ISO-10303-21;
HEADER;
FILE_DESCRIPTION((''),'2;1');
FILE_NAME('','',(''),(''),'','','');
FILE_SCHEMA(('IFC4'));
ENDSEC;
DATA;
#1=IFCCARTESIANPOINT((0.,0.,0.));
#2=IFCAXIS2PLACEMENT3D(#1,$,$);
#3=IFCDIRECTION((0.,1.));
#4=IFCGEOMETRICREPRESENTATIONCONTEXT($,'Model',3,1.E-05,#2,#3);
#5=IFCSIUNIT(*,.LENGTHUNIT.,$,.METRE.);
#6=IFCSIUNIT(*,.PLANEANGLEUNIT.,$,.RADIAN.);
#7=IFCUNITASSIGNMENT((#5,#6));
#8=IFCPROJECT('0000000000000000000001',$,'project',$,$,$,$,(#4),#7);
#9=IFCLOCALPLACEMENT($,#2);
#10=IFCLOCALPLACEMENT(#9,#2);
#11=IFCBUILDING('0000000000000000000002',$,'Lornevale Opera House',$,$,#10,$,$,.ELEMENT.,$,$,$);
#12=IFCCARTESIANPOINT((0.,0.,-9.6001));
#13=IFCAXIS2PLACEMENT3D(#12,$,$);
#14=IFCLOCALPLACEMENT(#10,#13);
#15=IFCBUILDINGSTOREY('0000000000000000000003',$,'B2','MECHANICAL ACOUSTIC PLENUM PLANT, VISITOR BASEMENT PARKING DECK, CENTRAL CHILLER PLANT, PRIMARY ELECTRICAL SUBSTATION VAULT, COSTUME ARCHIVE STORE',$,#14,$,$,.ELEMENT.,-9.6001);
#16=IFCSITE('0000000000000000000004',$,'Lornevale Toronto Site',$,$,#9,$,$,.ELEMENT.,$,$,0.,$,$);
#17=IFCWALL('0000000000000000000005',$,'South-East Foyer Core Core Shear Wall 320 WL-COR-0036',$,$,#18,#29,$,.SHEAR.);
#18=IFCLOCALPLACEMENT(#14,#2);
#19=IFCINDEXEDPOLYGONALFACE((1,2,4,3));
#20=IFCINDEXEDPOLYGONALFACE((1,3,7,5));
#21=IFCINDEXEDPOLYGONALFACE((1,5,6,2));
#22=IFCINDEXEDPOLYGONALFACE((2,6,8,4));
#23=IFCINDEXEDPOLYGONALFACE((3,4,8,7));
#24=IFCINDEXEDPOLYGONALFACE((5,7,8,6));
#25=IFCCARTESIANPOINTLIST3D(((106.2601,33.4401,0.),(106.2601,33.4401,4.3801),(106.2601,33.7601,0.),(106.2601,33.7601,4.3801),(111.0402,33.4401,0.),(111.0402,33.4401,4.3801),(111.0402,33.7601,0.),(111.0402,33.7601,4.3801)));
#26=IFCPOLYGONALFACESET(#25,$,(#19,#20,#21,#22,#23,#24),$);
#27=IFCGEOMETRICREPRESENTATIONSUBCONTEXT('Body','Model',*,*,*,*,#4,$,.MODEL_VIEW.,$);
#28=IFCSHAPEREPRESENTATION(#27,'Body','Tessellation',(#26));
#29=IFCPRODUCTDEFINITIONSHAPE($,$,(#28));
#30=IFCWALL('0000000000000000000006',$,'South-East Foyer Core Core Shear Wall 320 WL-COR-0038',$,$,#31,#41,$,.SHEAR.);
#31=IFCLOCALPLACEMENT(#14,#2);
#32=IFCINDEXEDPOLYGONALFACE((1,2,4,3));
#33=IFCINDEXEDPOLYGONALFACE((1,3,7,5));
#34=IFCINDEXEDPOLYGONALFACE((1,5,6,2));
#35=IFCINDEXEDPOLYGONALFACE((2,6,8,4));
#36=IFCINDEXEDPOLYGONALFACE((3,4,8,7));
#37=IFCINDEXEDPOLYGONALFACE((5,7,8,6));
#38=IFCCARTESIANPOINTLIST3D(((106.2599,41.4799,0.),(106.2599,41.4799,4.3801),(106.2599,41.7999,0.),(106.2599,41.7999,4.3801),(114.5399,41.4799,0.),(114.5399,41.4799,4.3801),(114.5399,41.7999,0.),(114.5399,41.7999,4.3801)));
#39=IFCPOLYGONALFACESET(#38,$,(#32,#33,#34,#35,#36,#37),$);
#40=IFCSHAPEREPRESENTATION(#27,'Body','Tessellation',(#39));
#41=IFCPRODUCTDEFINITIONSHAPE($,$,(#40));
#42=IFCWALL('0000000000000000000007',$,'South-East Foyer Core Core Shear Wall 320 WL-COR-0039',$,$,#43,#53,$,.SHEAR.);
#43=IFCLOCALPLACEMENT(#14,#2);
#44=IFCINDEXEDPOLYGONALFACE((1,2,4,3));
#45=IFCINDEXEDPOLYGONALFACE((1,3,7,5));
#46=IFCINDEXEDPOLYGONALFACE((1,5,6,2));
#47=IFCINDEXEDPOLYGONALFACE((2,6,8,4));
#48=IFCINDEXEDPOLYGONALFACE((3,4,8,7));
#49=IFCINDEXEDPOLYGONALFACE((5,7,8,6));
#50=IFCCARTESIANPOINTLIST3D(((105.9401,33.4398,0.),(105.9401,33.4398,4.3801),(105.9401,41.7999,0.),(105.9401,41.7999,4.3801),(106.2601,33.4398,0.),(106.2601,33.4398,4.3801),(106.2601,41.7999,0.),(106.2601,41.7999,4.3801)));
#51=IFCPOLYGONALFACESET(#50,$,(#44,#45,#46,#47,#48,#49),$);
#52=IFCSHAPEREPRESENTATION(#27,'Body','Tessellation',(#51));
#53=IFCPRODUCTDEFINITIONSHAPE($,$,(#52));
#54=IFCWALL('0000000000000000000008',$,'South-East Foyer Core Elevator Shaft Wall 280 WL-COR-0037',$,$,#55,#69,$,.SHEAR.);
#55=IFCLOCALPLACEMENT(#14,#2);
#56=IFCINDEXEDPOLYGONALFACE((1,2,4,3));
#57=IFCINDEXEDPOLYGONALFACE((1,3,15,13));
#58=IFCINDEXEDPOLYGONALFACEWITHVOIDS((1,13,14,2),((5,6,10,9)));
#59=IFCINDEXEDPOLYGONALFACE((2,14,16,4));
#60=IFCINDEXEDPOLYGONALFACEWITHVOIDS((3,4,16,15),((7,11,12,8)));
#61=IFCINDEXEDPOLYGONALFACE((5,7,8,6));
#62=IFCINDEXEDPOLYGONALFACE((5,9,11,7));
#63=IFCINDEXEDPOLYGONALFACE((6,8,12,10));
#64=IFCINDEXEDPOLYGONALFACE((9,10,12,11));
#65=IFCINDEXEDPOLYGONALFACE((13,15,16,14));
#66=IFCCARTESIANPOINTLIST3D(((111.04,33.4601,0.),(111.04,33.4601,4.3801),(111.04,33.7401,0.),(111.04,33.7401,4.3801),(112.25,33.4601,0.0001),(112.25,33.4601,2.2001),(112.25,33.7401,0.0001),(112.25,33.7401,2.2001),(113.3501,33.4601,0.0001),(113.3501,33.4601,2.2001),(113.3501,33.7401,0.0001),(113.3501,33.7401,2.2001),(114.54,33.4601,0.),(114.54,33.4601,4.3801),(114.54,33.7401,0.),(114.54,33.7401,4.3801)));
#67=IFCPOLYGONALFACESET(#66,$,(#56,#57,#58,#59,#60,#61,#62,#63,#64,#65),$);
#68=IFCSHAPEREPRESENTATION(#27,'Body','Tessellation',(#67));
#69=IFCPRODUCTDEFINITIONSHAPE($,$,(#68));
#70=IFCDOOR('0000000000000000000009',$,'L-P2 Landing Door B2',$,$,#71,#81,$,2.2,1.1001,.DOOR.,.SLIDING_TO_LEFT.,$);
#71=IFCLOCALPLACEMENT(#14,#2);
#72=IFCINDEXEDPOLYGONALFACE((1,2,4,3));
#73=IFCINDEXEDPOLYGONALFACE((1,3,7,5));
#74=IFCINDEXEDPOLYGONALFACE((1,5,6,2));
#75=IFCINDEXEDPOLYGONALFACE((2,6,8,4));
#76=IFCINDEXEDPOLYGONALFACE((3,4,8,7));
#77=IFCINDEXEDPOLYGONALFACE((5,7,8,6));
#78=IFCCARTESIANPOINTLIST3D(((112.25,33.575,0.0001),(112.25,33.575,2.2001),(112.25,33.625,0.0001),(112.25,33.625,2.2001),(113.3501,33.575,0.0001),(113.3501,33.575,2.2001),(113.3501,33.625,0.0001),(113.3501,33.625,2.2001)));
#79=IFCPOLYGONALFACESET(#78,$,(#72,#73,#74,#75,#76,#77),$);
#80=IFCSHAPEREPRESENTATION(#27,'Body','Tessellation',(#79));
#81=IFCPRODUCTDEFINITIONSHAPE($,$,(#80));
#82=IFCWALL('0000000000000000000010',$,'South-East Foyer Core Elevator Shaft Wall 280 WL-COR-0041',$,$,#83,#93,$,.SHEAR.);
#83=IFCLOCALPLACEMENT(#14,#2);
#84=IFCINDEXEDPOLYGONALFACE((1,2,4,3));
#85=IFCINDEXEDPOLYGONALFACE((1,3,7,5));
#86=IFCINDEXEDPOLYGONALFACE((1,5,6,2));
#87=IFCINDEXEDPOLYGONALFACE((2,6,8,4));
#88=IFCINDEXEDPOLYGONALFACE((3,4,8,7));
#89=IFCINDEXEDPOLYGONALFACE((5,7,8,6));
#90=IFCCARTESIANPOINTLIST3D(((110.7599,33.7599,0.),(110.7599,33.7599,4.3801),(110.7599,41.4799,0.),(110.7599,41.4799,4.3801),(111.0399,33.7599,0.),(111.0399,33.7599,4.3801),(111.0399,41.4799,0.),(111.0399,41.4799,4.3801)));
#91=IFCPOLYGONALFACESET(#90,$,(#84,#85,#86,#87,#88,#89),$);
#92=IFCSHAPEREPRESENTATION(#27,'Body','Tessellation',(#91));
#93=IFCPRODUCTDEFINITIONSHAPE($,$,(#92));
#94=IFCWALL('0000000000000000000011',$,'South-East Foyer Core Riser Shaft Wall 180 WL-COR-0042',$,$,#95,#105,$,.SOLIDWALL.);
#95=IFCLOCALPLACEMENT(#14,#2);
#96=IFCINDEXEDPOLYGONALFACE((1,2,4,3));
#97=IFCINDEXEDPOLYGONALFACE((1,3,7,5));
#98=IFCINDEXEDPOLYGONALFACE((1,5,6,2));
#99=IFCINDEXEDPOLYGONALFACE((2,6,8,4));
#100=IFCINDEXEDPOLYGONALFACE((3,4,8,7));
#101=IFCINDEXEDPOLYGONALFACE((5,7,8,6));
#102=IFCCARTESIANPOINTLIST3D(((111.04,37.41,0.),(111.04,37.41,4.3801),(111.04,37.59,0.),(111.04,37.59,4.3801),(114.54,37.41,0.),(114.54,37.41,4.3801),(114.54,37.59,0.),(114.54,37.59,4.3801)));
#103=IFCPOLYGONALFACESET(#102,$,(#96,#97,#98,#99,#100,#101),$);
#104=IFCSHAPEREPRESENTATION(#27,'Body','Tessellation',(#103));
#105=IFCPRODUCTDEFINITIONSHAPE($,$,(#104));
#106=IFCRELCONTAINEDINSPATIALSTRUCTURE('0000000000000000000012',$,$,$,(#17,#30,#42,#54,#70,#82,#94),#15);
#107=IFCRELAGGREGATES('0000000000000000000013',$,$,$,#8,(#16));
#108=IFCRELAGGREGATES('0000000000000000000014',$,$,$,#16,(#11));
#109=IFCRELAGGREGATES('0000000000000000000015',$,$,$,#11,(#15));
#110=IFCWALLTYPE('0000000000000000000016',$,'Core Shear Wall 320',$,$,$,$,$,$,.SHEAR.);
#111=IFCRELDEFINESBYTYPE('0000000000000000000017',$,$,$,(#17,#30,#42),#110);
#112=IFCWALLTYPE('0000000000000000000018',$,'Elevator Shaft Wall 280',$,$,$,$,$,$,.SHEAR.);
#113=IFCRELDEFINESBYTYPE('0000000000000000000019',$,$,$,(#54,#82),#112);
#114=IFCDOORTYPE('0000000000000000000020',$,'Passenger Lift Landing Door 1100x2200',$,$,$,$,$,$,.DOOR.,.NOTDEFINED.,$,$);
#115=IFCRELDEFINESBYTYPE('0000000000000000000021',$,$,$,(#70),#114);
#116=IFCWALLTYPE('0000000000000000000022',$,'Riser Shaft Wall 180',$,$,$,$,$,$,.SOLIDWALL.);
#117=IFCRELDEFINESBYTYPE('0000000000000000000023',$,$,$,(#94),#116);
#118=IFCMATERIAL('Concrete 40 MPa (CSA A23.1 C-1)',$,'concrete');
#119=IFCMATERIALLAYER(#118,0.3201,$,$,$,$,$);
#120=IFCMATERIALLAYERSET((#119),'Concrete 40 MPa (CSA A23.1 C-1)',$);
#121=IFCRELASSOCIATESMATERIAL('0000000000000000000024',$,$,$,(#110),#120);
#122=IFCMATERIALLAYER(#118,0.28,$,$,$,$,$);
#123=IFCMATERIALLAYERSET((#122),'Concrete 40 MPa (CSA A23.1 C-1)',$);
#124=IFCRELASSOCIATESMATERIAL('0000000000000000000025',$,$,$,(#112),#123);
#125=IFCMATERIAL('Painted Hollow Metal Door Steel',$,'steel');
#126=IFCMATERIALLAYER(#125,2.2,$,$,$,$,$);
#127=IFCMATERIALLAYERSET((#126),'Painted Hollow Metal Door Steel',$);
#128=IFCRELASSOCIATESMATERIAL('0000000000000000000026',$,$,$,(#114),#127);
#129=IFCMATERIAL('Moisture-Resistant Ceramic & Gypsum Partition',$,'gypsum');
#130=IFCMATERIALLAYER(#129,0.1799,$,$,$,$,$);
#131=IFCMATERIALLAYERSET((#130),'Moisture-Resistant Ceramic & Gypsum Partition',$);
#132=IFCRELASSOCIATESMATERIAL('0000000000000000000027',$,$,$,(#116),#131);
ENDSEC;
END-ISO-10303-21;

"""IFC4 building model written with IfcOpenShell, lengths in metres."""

from ifc_helpers import new_model, si_unit, direction, frame, frame_2d, origin, place, context, subcontext, project, spatial, rectangle, extrude, material, layer, layer_set, type_object, element, fill, save


model = new_model("IFC4")

# Units and contexts
model_context = context("Model", 3, precision=1e-05, world=origin(), true_north=direction((0.0, 1.0)))
body_context = subcontext(model_context, "Body", "Model", "MODEL_VIEW")
ifc_project = project(units=[si_unit("LENGTHUNIT", "METRE"), si_unit("PLANEANGLEUNIT", "RADIAN")], contexts=[model_context])

# Site, building, storey
site_placement = place(None, origin())
site = spatial("IfcSite", under=ifc_project, at=site_placement, Name="Lornevale Toronto Site", CompositionType="ELEMENT", RefElevation=0.0)
building_placement = place(site_placement, origin())
building = spatial("IfcBuilding", under=site, at=building_placement, Name="Lornevale Opera House", CompositionType="ELEMENT")
storey_placement = place(building_placement, frame((0.0, 0.0, -9.6001)))
storey = spatial("IfcBuildingStorey", under=building, at=storey_placement, Name="B2", Description="MECHANICAL ACOUSTIC PLENUM PLANT, VISITOR BASEMENT PARKING DECK, CENTRAL CHILLER PLANT, PRIMARY ELECTRICAL SUBSTATION VAULT, COSTUME ARCHIVE STORE", CompositionType="ELEMENT", Elevation=-9.6001)

# Shared definitions
ifc_material_1 = material(Name="Concrete 40 MPa (CSA A23.1 C-1)", Category="concrete")

# Walls
ifc_layer_1 = layer(ifc_material_1, 0.3201)
ifc_layer_set_1 = layer_set([ifc_layer_1], Name="Concrete 40 MPa (CSA A23.1 C-1)")
wall_type_1 = type_object("IfcWallType", Name="Core Shear Wall 320", PredefinedType="SHEAR", material=ifc_layer_set_1)
wall_1_placement = place(storey_placement, frame((106.26, 33.6001, 0.0), z_axis=(0.0, 0.0, 1.0), x_axis=(1.0, 0.0, 0.0)))
element("IfcWall", 1, at=wall_1_placement, inside=storey, type_object=wall_type_1, Name="South-East Foyer Core Core Shear Wall 320 WL-COR-0036", PredefinedType="SHEAR", context=body_context, shape_type="SweptSolid", body=[
    extrude(rectangle(XDim=4.78, YDim=0.3201, at=frame_2d((2.3901, 0.0))), origin(), (0.0, 0.0, 1.0), 4.3801),
])
wall_2_placement = place(storey_placement, frame((114.54, 41.6399, 0.0), z_axis=(0.0, 0.0, 1.0), x_axis=(-1.0, 0.0, 0.0)))
element("IfcWall", 2, at=wall_2_placement, inside=storey, type_object=wall_type_1, Name="South-East Foyer Core Core Shear Wall 320 WL-COR-0038", PredefinedType="SHEAR", context=body_context, shape_type="SweptSolid", body=[
    extrude(rectangle(XDim=8.28, YDim=0.3201, at=frame_2d((4.1401, 0.0))), origin(), (0.0, 0.0, 1.0), 4.3801),
])
wall_3_placement = place(storey_placement, frame((106.1001, 41.8, 0.0), z_axis=(0.0, 0.0, 1.0), x_axis=(0.0, -1.0, 0.0)))
element("IfcWall", 3, at=wall_3_placement, inside=storey, type_object=wall_type_1, Name="South-East Foyer Core Core Shear Wall 320 WL-COR-0039", PredefinedType="SHEAR", context=body_context, shape_type="SweptSolid", body=[
    extrude(rectangle(XDim=8.3601, YDim=0.3201, at=frame_2d((4.1802, 0.0))), origin(), (0.0, 0.0, 1.0), 4.3801),
])

# Wall, opening, door
ifc_layer_2 = layer(ifc_material_1, 0.28)
ifc_layer_set_2 = layer_set([ifc_layer_2], Name="Concrete 40 MPa (CSA A23.1 C-1)")
wall_type_2 = type_object("IfcWallType", Name="Elevator Shaft Wall 280", PredefinedType="SHEAR", material=ifc_layer_set_2)
wall_4_placement = place(storey_placement, frame((111.04, 33.6001, 0.0), z_axis=(0.0, 0.0, 1.0), x_axis=(1.0, 0.0, 0.0)))
wall_4 = element("IfcWall", 4, at=wall_4_placement, inside=storey, type_object=wall_type_2, Name="South-East Foyer Core Elevator Shaft Wall 280 WL-COR-0037", PredefinedType="SHEAR", context=body_context, shape_type="SweptSolid", body=[
    extrude(rectangle(XDim=3.5, YDim=0.28, at=frame_2d((1.75, 0.0))), origin(), (0.0, 0.0, 1.0), 4.3801),
])
opening_placement = place(wall_4_placement, frame((1.21, 0.0, 0.0)))
opening = element("IfcOpeningElement", 5, at=opening_placement, cuts=wall_4, PredefinedType="OPENING", context=body_context, shape_type="SweptSolid", body=[
    extrude(rectangle(XDim=1.1001, YDim=2.2, at=frame_2d((0.55, 1.1001))), frame((0.0, 0.1499, 0.0), z_axis=(0.0, -1.0, 0.0), x_axis=(1.0, 0.0, 0.0)), (0.0, 0.0, 1.0), 0.3),
])
ifc_material_2 = material(Name="Painted Hollow Metal Door Steel", Category="steel")
ifc_layer_3 = layer(ifc_material_2, 2.2)
ifc_layer_set_3 = layer_set([ifc_layer_3], Name="Painted Hollow Metal Door Steel")
door_type = type_object("IfcDoorType", Name="Passenger Lift Landing Door 1100x2200", OperationType="NOTDEFINED", PredefinedType="DOOR", material=ifc_layer_set_3)
door_placement = place(opening_placement, origin())
door = element("IfcDoor", 6, at=door_placement, inside=storey, type_object=door_type, Name="L-P2 Landing Door B2", OperationType="SLIDING_TO_LEFT", OverallHeight=2.2, OverallWidth=1.1001, PredefinedType="DOOR", context=body_context, shape_type="SweptSolid", body=[
    extrude(rectangle(XDim=1.1001, YDim=2.2, at=frame_2d((0.55, 1.1001))), frame((0.0, 0.0249, 0.0), z_axis=(0.0, -1.0, 0.0), x_axis=(1.0, 0.0, 0.0)), (0.0, 0.0, 1.0), 0.05),
])
fill(opening, door)

# Walls
wall_5_placement = place(storey_placement, frame((110.8999, 33.76, 0.0), z_axis=(0.0, 0.0, 1.0), x_axis=(0.0, 1.0, 0.0)))
element("IfcWall", 7, at=wall_5_placement, inside=storey, type_object=wall_type_2, Name="South-East Foyer Core Elevator Shaft Wall 280 WL-COR-0041", PredefinedType="SHEAR", context=body_context, shape_type="SweptSolid", body=[
    extrude(rectangle(XDim=7.72, YDim=0.28, at=frame_2d((3.8599, 0.0))), origin(), (0.0, 0.0, 1.0), 4.3801),
])
ifc_material_3 = material(Name="Moisture-Resistant Ceramic & Gypsum Partition", Category="gypsum")
ifc_layer_4 = layer(ifc_material_3, 0.1799)
ifc_layer_set_4 = layer_set([ifc_layer_4], Name="Moisture-Resistant Ceramic & Gypsum Partition")
wall_type_3 = type_object("IfcWallType", Name="Riser Shaft Wall 180", PredefinedType="SOLIDWALL", material=ifc_layer_set_4)
wall_6_placement = place(storey_placement, frame((111.04, 37.5, 0.0), z_axis=(0.0, 0.0, 1.0), x_axis=(1.0, 0.0, 0.0)))
element("IfcWall", 8, at=wall_6_placement, inside=storey, type_object=wall_type_3, Name="South-East Foyer Core Riser Shaft Wall 180 WL-COR-0042", PredefinedType="SOLIDWALL", context=body_context, shape_type="SweptSolid", body=[
    extrude(rectangle(XDim=3.5, YDim=0.1799, at=frame_2d((1.75, 0.0))), origin(), (0.0, 0.0, 1.0), 4.3801),
])

save(model, "model.ifc")
